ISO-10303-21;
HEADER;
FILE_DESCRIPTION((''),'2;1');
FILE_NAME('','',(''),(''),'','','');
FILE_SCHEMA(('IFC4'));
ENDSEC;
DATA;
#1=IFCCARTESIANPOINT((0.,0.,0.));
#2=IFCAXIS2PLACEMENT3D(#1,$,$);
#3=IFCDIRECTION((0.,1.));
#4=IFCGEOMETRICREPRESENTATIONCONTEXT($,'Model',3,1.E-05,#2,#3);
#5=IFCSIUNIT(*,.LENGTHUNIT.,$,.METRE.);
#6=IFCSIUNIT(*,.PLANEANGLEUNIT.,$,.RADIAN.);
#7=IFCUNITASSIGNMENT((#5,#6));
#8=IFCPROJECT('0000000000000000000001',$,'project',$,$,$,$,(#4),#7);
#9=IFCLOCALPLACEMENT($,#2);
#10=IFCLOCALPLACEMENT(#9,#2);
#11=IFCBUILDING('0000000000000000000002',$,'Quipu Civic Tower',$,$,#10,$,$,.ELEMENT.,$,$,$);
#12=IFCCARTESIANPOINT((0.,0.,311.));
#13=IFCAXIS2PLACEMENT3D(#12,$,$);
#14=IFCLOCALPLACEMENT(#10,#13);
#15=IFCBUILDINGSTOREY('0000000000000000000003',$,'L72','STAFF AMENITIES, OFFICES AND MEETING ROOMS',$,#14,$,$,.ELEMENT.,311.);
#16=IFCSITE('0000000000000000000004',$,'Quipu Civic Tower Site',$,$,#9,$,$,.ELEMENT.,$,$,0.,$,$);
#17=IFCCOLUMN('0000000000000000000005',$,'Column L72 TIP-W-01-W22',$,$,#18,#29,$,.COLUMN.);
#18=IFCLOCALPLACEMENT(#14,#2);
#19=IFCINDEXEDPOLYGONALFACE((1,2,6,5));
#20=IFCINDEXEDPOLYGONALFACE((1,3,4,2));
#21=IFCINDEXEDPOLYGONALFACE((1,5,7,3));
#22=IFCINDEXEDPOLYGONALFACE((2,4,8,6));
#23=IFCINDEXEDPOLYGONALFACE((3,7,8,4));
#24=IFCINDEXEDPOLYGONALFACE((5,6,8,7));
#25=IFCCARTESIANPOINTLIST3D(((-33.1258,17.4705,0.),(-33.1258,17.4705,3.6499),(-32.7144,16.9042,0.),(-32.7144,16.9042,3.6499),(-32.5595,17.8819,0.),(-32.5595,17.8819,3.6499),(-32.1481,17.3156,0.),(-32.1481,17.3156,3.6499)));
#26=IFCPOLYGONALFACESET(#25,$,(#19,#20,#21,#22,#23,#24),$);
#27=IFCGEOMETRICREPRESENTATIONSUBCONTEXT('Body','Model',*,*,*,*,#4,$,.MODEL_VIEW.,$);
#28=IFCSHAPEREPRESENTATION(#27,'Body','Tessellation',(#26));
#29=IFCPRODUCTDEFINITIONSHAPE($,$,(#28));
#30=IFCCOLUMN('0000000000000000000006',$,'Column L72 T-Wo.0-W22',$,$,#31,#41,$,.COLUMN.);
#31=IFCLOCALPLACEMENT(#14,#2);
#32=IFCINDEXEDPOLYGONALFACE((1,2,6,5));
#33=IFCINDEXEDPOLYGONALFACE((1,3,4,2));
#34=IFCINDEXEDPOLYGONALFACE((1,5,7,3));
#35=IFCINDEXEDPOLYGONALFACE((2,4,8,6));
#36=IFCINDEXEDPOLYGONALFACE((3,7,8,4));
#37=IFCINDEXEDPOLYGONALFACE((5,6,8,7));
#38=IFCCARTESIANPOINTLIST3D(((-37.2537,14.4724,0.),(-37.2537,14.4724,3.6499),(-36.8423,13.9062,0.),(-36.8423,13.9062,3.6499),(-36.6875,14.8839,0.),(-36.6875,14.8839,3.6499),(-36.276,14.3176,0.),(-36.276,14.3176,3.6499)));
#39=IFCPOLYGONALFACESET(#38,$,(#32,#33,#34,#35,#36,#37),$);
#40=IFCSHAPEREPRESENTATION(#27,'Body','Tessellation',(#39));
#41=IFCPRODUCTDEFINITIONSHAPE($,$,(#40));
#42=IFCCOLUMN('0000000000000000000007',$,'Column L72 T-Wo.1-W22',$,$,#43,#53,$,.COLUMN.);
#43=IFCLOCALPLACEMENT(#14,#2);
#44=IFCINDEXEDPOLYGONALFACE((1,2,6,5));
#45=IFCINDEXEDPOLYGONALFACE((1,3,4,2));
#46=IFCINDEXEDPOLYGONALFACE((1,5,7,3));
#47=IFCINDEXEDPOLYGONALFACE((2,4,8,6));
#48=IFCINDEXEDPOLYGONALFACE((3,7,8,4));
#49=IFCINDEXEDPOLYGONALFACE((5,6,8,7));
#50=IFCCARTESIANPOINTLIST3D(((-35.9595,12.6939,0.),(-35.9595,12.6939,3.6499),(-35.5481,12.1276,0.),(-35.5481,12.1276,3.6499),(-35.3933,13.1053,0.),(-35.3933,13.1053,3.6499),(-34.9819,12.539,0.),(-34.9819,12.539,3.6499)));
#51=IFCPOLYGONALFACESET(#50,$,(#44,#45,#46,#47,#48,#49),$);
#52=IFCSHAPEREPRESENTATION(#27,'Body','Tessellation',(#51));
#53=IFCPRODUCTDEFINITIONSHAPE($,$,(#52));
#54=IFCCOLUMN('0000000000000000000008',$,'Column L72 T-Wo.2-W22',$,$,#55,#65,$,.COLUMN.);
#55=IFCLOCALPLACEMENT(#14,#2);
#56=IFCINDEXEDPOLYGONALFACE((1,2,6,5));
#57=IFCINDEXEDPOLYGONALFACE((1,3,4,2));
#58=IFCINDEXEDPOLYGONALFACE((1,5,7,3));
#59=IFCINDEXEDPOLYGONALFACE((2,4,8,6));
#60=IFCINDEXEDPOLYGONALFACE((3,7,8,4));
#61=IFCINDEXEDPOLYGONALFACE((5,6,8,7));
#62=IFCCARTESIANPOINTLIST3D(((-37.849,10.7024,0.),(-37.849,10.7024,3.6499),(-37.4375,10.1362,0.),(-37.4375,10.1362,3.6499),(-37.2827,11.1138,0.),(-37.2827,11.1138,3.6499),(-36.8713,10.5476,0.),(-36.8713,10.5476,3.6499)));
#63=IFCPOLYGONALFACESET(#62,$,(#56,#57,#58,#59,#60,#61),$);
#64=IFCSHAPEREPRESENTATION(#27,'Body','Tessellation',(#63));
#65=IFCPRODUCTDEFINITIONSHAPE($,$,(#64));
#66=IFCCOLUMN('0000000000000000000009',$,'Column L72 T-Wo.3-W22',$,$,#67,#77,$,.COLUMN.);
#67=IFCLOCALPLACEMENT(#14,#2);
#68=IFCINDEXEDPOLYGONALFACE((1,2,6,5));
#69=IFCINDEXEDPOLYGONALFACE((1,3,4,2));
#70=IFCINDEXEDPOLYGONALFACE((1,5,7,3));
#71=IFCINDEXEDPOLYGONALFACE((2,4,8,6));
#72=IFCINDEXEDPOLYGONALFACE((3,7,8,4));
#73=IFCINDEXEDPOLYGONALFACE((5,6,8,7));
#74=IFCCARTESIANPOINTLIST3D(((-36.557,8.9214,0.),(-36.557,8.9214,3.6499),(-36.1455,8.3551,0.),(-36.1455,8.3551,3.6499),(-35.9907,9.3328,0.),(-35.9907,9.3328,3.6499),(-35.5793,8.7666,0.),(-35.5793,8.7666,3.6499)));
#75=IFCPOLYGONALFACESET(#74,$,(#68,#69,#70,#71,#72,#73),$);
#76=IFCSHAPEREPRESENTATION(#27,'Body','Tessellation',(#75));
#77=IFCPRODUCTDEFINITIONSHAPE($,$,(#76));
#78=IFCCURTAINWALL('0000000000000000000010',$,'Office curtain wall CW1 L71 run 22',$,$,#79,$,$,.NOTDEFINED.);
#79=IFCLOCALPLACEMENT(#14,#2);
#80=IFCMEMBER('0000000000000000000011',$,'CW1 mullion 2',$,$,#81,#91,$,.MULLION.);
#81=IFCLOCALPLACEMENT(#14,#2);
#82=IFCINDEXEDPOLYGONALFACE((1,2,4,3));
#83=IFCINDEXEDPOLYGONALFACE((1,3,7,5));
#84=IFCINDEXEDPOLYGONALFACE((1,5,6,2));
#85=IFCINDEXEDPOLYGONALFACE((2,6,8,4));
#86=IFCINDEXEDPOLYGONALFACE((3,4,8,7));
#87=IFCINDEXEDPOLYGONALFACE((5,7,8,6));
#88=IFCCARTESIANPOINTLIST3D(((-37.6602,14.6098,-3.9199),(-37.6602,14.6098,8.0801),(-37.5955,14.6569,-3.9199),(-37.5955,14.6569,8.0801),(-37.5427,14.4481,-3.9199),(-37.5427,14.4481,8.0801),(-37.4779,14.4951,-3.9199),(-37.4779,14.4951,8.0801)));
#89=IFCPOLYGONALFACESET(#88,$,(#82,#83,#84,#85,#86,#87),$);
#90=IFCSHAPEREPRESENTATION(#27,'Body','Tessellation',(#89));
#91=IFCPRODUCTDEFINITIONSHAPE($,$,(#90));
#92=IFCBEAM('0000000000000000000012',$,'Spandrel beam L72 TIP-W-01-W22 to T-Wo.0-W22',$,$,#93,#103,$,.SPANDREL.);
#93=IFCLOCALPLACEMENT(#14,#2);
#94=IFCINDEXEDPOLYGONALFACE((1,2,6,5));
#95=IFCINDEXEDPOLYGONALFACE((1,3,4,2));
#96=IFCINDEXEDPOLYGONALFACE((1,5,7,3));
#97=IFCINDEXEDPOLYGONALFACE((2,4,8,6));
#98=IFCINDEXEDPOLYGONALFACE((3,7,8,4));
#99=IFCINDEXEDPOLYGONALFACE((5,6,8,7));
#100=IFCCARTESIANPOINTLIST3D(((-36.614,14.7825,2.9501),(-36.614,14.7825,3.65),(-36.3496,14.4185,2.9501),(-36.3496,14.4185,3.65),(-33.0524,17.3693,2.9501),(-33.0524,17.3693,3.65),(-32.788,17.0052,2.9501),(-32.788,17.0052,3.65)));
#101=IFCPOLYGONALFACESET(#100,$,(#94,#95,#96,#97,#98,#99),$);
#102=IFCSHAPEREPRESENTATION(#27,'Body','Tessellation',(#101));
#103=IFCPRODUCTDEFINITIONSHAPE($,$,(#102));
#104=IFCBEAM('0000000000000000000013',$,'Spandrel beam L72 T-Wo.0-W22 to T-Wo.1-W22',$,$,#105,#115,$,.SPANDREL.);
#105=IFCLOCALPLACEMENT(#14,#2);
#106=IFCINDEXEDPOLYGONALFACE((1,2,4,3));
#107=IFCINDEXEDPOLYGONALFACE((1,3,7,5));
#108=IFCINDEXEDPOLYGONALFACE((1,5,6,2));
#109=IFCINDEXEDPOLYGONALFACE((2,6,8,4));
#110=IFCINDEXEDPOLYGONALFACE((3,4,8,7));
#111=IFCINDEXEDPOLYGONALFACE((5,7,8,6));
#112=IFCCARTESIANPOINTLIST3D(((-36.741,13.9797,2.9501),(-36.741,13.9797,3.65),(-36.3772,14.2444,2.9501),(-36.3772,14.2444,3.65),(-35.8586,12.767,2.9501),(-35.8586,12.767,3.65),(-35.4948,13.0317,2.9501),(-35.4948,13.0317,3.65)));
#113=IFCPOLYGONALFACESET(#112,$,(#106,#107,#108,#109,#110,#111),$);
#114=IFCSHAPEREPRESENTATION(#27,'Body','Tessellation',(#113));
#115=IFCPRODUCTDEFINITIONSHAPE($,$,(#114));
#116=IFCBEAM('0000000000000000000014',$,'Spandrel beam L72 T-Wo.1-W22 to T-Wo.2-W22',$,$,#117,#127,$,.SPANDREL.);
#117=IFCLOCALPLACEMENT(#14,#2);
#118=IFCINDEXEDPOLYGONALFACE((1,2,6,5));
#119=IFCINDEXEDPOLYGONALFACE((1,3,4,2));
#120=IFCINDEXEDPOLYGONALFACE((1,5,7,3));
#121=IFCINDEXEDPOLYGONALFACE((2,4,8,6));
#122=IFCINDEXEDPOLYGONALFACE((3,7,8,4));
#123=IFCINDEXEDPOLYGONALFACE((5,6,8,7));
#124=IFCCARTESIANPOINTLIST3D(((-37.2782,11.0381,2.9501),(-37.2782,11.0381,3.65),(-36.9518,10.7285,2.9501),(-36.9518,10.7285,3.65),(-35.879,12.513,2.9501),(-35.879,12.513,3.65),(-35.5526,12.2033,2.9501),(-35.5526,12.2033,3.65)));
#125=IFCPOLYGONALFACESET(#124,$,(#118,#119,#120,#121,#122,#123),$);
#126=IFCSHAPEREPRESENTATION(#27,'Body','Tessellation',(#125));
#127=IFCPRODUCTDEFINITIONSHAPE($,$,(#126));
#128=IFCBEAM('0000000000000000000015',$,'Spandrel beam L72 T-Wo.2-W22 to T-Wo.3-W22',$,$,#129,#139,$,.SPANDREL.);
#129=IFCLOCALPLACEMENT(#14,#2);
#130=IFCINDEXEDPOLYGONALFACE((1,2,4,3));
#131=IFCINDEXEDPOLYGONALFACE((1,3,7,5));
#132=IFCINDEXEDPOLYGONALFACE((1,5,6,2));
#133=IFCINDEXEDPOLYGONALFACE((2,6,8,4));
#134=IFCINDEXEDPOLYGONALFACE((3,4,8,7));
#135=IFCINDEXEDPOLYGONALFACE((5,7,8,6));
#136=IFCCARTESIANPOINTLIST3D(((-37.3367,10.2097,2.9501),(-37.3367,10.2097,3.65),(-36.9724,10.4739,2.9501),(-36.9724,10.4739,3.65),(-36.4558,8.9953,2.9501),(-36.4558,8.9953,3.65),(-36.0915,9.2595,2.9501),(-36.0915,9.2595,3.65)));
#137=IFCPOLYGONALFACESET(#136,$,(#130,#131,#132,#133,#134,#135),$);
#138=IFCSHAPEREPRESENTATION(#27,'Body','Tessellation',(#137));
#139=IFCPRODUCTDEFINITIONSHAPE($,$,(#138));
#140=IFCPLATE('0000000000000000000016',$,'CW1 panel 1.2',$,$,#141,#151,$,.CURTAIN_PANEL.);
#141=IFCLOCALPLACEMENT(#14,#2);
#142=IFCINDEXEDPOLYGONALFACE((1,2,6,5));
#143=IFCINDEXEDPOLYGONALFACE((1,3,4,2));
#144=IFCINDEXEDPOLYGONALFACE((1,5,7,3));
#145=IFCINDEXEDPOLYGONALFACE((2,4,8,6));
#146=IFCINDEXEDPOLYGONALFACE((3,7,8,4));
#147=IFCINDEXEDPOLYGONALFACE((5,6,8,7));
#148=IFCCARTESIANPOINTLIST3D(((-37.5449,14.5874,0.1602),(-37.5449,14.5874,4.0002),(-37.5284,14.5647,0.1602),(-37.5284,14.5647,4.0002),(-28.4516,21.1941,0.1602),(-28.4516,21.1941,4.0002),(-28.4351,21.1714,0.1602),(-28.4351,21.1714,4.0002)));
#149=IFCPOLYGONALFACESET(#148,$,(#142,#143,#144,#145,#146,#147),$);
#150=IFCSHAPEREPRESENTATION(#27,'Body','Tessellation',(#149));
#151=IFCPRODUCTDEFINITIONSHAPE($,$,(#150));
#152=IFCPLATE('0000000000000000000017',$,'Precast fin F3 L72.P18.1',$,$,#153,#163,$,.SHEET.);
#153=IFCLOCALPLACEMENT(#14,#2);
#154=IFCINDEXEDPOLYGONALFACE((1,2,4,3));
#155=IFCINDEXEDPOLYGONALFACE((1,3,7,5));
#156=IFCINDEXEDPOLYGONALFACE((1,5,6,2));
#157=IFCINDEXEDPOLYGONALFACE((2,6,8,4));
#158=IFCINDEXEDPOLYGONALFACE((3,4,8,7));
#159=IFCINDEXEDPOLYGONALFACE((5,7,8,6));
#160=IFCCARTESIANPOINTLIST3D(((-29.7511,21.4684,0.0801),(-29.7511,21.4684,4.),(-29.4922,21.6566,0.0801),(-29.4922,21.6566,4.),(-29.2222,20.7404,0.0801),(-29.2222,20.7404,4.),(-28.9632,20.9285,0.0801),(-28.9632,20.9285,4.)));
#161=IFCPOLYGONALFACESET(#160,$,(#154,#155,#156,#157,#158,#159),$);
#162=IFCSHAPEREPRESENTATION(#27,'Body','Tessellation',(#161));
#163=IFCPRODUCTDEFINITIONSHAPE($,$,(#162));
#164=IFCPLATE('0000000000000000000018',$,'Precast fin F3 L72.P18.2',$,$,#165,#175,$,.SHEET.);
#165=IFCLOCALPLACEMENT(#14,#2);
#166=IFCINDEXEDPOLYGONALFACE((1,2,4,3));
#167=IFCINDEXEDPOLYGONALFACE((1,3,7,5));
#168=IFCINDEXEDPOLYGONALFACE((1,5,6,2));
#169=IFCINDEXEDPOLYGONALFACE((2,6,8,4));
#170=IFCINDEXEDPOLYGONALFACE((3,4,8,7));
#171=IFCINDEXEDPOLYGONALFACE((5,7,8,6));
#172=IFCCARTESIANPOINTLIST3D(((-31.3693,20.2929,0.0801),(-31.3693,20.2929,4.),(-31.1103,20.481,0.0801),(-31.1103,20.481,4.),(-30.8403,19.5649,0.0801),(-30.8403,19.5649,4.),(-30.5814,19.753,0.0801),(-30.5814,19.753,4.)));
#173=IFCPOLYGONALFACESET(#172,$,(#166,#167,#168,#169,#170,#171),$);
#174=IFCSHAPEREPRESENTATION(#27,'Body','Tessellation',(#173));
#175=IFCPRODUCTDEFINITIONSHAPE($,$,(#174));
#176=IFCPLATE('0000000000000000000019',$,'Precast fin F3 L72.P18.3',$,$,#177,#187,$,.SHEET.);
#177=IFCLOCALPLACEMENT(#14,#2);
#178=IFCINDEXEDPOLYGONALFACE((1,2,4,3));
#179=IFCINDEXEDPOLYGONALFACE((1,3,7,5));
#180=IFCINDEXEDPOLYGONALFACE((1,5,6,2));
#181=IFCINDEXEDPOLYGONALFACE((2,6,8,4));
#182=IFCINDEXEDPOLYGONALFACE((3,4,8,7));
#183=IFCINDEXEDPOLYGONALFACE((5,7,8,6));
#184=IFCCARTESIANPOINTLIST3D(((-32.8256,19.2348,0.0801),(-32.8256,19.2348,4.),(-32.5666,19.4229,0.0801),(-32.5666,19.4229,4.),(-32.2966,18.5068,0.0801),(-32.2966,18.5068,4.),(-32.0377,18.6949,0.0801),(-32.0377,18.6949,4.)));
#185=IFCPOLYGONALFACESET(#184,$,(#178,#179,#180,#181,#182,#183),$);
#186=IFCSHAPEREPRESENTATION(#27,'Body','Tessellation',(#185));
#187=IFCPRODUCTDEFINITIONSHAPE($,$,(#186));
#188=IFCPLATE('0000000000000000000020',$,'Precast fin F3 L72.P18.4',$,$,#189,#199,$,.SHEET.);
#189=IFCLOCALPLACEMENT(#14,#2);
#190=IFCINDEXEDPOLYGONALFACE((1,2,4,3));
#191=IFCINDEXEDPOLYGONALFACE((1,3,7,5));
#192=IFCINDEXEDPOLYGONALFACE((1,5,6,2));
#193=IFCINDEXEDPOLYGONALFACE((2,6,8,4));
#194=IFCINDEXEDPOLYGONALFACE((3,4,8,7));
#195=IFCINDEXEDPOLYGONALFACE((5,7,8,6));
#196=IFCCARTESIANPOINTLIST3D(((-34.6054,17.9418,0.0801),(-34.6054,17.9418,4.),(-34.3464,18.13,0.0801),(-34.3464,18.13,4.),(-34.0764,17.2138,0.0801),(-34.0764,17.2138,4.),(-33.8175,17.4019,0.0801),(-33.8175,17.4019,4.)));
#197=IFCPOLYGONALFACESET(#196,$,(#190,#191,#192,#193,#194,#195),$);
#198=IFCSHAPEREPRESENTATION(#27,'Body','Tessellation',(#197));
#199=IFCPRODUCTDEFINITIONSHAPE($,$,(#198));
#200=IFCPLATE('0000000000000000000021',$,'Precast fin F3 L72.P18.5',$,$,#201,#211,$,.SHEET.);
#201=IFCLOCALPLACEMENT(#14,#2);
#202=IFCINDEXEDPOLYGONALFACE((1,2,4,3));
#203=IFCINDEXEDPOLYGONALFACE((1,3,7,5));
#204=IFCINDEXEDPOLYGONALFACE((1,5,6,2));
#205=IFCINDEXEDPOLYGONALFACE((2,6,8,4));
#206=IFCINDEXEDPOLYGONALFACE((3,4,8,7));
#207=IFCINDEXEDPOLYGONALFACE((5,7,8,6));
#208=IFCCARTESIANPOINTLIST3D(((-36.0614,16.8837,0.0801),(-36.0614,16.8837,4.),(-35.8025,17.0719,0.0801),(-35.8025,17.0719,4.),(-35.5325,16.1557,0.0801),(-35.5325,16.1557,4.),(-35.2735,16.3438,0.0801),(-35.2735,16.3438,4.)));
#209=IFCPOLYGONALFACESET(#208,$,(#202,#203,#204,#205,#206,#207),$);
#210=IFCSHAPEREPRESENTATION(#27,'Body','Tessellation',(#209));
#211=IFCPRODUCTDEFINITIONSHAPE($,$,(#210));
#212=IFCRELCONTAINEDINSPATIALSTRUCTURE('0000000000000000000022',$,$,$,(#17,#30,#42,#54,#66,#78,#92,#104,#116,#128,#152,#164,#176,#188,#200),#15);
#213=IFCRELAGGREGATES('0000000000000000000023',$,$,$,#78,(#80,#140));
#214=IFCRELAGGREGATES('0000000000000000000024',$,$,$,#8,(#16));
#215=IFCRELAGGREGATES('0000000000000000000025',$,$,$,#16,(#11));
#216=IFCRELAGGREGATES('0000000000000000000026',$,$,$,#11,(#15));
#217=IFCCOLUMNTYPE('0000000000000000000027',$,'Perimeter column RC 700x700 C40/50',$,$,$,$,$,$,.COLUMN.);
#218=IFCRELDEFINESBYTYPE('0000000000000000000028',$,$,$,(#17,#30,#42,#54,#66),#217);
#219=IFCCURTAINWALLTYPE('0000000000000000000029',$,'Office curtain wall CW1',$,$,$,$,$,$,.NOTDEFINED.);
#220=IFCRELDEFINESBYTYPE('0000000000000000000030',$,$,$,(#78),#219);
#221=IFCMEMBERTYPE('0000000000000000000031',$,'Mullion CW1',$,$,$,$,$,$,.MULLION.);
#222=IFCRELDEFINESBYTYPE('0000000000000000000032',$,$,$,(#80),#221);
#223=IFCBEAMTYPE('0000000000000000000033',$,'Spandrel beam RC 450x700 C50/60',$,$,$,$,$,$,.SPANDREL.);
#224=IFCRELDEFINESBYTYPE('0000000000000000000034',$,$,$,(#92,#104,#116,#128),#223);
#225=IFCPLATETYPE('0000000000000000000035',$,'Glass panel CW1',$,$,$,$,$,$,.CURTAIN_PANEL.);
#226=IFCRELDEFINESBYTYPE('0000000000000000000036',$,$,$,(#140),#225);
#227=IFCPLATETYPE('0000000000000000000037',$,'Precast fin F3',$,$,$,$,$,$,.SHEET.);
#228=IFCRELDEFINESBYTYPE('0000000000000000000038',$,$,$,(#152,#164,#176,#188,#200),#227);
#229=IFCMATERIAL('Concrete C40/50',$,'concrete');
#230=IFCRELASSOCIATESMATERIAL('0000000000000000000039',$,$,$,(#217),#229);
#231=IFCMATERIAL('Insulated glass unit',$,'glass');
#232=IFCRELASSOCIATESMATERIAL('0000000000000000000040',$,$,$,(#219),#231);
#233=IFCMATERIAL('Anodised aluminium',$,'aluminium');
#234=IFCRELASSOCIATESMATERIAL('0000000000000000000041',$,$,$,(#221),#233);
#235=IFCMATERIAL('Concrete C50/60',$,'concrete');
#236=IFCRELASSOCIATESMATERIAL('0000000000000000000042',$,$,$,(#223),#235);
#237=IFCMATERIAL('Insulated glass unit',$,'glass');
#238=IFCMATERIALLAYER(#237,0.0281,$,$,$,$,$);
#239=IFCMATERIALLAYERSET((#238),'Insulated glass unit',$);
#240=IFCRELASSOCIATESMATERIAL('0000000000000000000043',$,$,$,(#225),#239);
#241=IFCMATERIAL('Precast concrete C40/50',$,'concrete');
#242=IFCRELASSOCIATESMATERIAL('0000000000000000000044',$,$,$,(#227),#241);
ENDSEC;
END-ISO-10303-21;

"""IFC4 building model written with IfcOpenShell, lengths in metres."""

from ifc_helpers import new_model, si_unit, direction, frame, origin, origin_2d, place, context, subcontext, project, spatial, rectangle, extrude, material, layer, layer_set, material_profile, profile_set, type_object, element, aggregate, save


model = new_model("IFC4")

# Units and contexts
model_context = context("Model", 3, precision=1e-05, world=origin(), true_north=direction((0.0, 1.0)))
body_context = subcontext(model_context, "Body", "Model", "MODEL_VIEW")
ifc_project = project(units=[si_unit("LENGTHUNIT", "METRE"), si_unit("PLANEANGLEUNIT", "RADIAN")], contexts=[model_context])

# Site, building, storey
site_placement = place(None, origin())
site = spatial("IfcSite", under=ifc_project, at=site_placement, Name="Quipu Civic Tower Site", CompositionType="ELEMENT", RefElevation=0.0)
building_placement = place(site_placement, origin())
building = spatial("IfcBuilding", under=site, at=building_placement, Name="Quipu Civic Tower", CompositionType="ELEMENT")
storey_placement = place(building_placement, frame((0.0, 0.0, 311.0)))
storey = spatial("IfcBuildingStorey", under=building, at=storey_placement, Name="L72", Description="STAFF AMENITIES, OFFICES AND MEETING ROOMS", CompositionType="ELEMENT", Elevation=311.0)

# Columns
ifc_material_1 = material(Name="Concrete C40/50", Category="concrete")
ifc_material_profile_1 = material_profile(ifc_material_1, rectangle(XDim=0.7, YDim=0.7, at=origin_2d()), Name="RC700x700")
ifc_profile_set_1 = profile_set([ifc_material_profile_1], Name="Concrete C40/50")
column_type = type_object("IfcColumnType", Name="Perimeter column RC 700x700 C40/50", PredefinedType="COLUMN", material=ifc_profile_set_1)
for number, where, z_axis, x_axis, name in (
    (1, (-32.637, 17.3931, 0.0), (0.0, 0.0, 1.0), (-0.809017, -0.587785, 0.0), "Column L72 TIP-W-01-W22"),
    (2, (-36.7649, 14.395, 0.0), (0.0, 0.0, 1.0), (0.587785, -0.809017, 0.0), "Column L72 T-Wo.0-W22"),
    (3, (-35.4707, 12.6165, 0.0), (0.0, 0.0, 1.0), (-0.809017, -0.587785, 0.0), "Column L72 T-Wo.1-W22"),
    (4, (-37.3601, 10.625, 0.0), (0.0, 0.0, 1.0), (0.587785, -0.809017, 0.0), "Column L72 T-Wo.2-W22"),
    (5, (-36.0681, 8.844, 0.0), (0.0, 0.0, 1.0), (0.587785, -0.809017, 0.0), "Column L72 T-Wo.3-W22"),
):
    element("IfcColumn", number, at=place(storey_placement, frame(where, z_axis=z_axis, x_axis=x_axis)), inside=storey, type_object=column_type, Name=name, PredefinedType="COLUMN", context=body_context, shape_type="SweptSolid", body=[
        extrude(rectangle(XDim=0.7, YDim=0.7, at=origin_2d()), origin(), (0.0, 0.0, 1.0), 3.6499),
    ])

# Curtain wall, member
ifc_material_2 = material(Name="Insulated glass unit", Category="glass")
curtain_wall_type = type_object("IfcCurtainWallType", Name="Office curtain wall CW1", PredefinedType="NOTDEFINED", material=ifc_material_2)
curtain_wall_placement = place(storey_placement, origin())
curtain_wall = element("IfcCurtainWall", 6, at=curtain_wall_placement, inside=storey, type_object=curtain_wall_type, Name="Office curtain wall CW1 L71 run 22", PredefinedType="NOTDEFINED")
ifc_material_3 = material(Name="Anodised aluminium", Category="aluminium")
ifc_material_profile_2 = material_profile(ifc_material_3, rectangle(XDim=0.2, YDim=0.0801, at=origin_2d()), Name="RECT 200x80")
ifc_profile_set_2 = profile_set([ifc_material_profile_2], Name="Anodised aluminium")
member_type = type_object("IfcMemberType", Name="Mullion CW1", PredefinedType="MULLION", material=ifc_profile_set_2)
member_placement = place(storey_placement, frame((-37.5691, 14.5525, -3.9199), z_axis=(0.0, 0.0, 1.0), x_axis=(0.587788, -0.809015, 0.0)))
member = element("IfcMember", 7, at=member_placement, type_object=member_type, Name="CW1 mullion 2", PredefinedType="MULLION", context=body_context, shape_type="SweptSolid", body=[
    extrude(rectangle(XDim=0.2, YDim=0.0801, at=origin_2d()), origin(), (0.0, 0.0, 1.0), 12.0),
])

# Beams
ifc_material_4 = material(Name="Concrete C50/60", Category="concrete")
ifc_material_profile_3 = material_profile(ifc_material_4, rectangle(XDim=0.45, YDim=0.7, at=origin_2d()), Name="RC450x700")
ifc_profile_set_3 = profile_set([ifc_material_profile_3], Name="Concrete C50/60")
beam_type = type_object("IfcBeamType", Name="Spandrel beam RC 450x700 C50/60", PredefinedType="SPANDREL", material=ifc_profile_set_3)
beam_1_placement = place(storey_placement, frame((-32.9202, 17.1873, 3.3), z_axis=(-0.809117, -0.587647, 0.0), x_axis=(0.587647, -0.809117, 0.0)))
element("IfcBeam", 8, at=beam_1_placement, inside=storey, type_object=beam_type, Name="Spandrel beam L72 TIP-W-01-W22 to T-Wo.0-W22", PredefinedType="SPANDREL", context=body_context, shape_type="SweptSolid", body=[
    extrude(rectangle(XDim=0.45, YDim=0.7, at=origin_2d()), origin(), (0.0, 0.0, 1.0), 4.4019),
])
beam_2_placement = place(storey_placement, frame((-36.5591, 14.1121, 3.3), z_axis=(0.588346, -0.808609, 0.0), x_axis=(0.808609, 0.588346, 0.0)))
element("IfcBeam", 9, at=beam_2_placement, inside=storey, type_object=beam_type, Name="Spandrel beam L72 T-Wo.0-W22 to T-Wo.1-W22", PredefinedType="SPANDREL", context=body_context, shape_type="SweptSolid", body=[
    extrude(rectangle(XDim=0.45, YDim=0.7, at=origin_2d()), origin(), (0.0, 0.0, 1.0), 1.4998),
])
beam_3_placement = place(storey_placement, frame((-35.7158, 12.3582, 3.3), z_axis=(-0.688247, -0.725476, 0.0), x_axis=(0.725476, -0.688247, 0.0)))
element("IfcBeam", 10, at=beam_3_placement, inside=storey, type_object=beam_type, Name="Spandrel beam L72 T-Wo.1-W22 to T-Wo.2-W22", PredefinedType="SPANDREL", context=body_context, shape_type="SweptSolid", body=[
    extrude(rectangle(XDim=0.45, YDim=0.7, at=origin_2d()), origin(), (0.0, 0.0, 1.0), 2.033),
])
beam_4_placement = place(storey_placement, frame((-37.1545, 10.3418, 3.3), z_axis=(0.587165, -0.809467, 0.0), x_axis=(0.809467, 0.587165, 0.0)))
element("IfcBeam", 11, at=beam_4_placement, inside=storey, type_object=beam_type, Name="Spandrel beam L72 T-Wo.2-W22 to T-Wo.3-W22", PredefinedType="SPANDREL", context=body_context, shape_type="SweptSolid", body=[
    extrude(rectangle(XDim=0.45, YDim=0.7, at=origin_2d()), origin(), (0.0, 0.0, 1.0), 1.5002),
])

# Plate
ifc_material_5 = material(Name="Insulated glass unit", Category="glass")
ifc_layer_1 = layer(ifc_material_5, 0.0281)
ifc_layer_set_1 = layer_set([ifc_layer_1], Name="Insulated glass unit")
plate_type_1 = type_object("IfcPlateType", Name="Glass panel CW1", PredefinedType="CURTAIN_PANEL", material=ifc_layer_set_1)
plate_placement = place(storey_placement, frame((-32.99, 17.8794, 0.1602), z_axis=(0.0, 0.0, 1.0), x_axis=(-0.809015, -0.587788, 0.0)))
plate = element("IfcPlate", 12, at=plate_placement, type_object=plate_type_1, Name="CW1 panel 1.2", PredefinedType="CURTAIN_PANEL", context=body_context, shape_type="SweptSolid", body=[
    extrude(rectangle(XDim=11.24, YDim=0.0281, at=origin_2d()), origin(), (0.0, 0.0, 1.0), 3.8401),
])
aggregate(curtain_wall, [member, plate])

# Plates
ifc_material_6 = material(Name="Precast concrete C40/50", Category="concrete")
plate_type_2 = type_object("IfcPlateType", Name="Precast fin F3", PredefinedType="SHEET", material=ifc_material_6)
for number, where, z_axis, x_axis, name in (
    (13, (-29.3572, 21.1985, 0.0801), (0.0, 0.0, 1.0), (-0.809017, -0.587785, 0.0), "Precast fin F3 L72.P18.1"),
    (14, (-30.9753, 20.0229, 0.0801), (0.0, 0.0, 1.0), (-0.809017, -0.587785, 0.0), "Precast fin F3 L72.P18.2"),
    (15, (-32.4316, 18.9648, 0.0801), (0.0, 0.0, 1.0), (-0.809017, -0.587785, 0.0), "Precast fin F3 L72.P18.3"),
    (16, (-34.2114, 17.6719, 0.0801), (0.0, 0.0, 1.0), (-0.809017, -0.587785, 0.0), "Precast fin F3 L72.P18.4"),
    (17, (-35.6675, 16.6138, 0.0801), (0.0, 0.0, 1.0), (-0.809017, -0.587785, 0.0), "Precast fin F3 L72.P18.5"),
):
    element("IfcPlate", number, at=place(storey_placement, frame(where, z_axis=z_axis, x_axis=x_axis)), inside=storey, type_object=plate_type_2, Name=name, PredefinedType="SHEET", context=body_context, shape_type="SweptSolid", body=[
        extrude(rectangle(XDim=0.3201, YDim=0.8999, at=origin_2d()), origin(), (0.0, 0.0, 1.0), 3.9199),
    ])

save(model, "model.ifc")
